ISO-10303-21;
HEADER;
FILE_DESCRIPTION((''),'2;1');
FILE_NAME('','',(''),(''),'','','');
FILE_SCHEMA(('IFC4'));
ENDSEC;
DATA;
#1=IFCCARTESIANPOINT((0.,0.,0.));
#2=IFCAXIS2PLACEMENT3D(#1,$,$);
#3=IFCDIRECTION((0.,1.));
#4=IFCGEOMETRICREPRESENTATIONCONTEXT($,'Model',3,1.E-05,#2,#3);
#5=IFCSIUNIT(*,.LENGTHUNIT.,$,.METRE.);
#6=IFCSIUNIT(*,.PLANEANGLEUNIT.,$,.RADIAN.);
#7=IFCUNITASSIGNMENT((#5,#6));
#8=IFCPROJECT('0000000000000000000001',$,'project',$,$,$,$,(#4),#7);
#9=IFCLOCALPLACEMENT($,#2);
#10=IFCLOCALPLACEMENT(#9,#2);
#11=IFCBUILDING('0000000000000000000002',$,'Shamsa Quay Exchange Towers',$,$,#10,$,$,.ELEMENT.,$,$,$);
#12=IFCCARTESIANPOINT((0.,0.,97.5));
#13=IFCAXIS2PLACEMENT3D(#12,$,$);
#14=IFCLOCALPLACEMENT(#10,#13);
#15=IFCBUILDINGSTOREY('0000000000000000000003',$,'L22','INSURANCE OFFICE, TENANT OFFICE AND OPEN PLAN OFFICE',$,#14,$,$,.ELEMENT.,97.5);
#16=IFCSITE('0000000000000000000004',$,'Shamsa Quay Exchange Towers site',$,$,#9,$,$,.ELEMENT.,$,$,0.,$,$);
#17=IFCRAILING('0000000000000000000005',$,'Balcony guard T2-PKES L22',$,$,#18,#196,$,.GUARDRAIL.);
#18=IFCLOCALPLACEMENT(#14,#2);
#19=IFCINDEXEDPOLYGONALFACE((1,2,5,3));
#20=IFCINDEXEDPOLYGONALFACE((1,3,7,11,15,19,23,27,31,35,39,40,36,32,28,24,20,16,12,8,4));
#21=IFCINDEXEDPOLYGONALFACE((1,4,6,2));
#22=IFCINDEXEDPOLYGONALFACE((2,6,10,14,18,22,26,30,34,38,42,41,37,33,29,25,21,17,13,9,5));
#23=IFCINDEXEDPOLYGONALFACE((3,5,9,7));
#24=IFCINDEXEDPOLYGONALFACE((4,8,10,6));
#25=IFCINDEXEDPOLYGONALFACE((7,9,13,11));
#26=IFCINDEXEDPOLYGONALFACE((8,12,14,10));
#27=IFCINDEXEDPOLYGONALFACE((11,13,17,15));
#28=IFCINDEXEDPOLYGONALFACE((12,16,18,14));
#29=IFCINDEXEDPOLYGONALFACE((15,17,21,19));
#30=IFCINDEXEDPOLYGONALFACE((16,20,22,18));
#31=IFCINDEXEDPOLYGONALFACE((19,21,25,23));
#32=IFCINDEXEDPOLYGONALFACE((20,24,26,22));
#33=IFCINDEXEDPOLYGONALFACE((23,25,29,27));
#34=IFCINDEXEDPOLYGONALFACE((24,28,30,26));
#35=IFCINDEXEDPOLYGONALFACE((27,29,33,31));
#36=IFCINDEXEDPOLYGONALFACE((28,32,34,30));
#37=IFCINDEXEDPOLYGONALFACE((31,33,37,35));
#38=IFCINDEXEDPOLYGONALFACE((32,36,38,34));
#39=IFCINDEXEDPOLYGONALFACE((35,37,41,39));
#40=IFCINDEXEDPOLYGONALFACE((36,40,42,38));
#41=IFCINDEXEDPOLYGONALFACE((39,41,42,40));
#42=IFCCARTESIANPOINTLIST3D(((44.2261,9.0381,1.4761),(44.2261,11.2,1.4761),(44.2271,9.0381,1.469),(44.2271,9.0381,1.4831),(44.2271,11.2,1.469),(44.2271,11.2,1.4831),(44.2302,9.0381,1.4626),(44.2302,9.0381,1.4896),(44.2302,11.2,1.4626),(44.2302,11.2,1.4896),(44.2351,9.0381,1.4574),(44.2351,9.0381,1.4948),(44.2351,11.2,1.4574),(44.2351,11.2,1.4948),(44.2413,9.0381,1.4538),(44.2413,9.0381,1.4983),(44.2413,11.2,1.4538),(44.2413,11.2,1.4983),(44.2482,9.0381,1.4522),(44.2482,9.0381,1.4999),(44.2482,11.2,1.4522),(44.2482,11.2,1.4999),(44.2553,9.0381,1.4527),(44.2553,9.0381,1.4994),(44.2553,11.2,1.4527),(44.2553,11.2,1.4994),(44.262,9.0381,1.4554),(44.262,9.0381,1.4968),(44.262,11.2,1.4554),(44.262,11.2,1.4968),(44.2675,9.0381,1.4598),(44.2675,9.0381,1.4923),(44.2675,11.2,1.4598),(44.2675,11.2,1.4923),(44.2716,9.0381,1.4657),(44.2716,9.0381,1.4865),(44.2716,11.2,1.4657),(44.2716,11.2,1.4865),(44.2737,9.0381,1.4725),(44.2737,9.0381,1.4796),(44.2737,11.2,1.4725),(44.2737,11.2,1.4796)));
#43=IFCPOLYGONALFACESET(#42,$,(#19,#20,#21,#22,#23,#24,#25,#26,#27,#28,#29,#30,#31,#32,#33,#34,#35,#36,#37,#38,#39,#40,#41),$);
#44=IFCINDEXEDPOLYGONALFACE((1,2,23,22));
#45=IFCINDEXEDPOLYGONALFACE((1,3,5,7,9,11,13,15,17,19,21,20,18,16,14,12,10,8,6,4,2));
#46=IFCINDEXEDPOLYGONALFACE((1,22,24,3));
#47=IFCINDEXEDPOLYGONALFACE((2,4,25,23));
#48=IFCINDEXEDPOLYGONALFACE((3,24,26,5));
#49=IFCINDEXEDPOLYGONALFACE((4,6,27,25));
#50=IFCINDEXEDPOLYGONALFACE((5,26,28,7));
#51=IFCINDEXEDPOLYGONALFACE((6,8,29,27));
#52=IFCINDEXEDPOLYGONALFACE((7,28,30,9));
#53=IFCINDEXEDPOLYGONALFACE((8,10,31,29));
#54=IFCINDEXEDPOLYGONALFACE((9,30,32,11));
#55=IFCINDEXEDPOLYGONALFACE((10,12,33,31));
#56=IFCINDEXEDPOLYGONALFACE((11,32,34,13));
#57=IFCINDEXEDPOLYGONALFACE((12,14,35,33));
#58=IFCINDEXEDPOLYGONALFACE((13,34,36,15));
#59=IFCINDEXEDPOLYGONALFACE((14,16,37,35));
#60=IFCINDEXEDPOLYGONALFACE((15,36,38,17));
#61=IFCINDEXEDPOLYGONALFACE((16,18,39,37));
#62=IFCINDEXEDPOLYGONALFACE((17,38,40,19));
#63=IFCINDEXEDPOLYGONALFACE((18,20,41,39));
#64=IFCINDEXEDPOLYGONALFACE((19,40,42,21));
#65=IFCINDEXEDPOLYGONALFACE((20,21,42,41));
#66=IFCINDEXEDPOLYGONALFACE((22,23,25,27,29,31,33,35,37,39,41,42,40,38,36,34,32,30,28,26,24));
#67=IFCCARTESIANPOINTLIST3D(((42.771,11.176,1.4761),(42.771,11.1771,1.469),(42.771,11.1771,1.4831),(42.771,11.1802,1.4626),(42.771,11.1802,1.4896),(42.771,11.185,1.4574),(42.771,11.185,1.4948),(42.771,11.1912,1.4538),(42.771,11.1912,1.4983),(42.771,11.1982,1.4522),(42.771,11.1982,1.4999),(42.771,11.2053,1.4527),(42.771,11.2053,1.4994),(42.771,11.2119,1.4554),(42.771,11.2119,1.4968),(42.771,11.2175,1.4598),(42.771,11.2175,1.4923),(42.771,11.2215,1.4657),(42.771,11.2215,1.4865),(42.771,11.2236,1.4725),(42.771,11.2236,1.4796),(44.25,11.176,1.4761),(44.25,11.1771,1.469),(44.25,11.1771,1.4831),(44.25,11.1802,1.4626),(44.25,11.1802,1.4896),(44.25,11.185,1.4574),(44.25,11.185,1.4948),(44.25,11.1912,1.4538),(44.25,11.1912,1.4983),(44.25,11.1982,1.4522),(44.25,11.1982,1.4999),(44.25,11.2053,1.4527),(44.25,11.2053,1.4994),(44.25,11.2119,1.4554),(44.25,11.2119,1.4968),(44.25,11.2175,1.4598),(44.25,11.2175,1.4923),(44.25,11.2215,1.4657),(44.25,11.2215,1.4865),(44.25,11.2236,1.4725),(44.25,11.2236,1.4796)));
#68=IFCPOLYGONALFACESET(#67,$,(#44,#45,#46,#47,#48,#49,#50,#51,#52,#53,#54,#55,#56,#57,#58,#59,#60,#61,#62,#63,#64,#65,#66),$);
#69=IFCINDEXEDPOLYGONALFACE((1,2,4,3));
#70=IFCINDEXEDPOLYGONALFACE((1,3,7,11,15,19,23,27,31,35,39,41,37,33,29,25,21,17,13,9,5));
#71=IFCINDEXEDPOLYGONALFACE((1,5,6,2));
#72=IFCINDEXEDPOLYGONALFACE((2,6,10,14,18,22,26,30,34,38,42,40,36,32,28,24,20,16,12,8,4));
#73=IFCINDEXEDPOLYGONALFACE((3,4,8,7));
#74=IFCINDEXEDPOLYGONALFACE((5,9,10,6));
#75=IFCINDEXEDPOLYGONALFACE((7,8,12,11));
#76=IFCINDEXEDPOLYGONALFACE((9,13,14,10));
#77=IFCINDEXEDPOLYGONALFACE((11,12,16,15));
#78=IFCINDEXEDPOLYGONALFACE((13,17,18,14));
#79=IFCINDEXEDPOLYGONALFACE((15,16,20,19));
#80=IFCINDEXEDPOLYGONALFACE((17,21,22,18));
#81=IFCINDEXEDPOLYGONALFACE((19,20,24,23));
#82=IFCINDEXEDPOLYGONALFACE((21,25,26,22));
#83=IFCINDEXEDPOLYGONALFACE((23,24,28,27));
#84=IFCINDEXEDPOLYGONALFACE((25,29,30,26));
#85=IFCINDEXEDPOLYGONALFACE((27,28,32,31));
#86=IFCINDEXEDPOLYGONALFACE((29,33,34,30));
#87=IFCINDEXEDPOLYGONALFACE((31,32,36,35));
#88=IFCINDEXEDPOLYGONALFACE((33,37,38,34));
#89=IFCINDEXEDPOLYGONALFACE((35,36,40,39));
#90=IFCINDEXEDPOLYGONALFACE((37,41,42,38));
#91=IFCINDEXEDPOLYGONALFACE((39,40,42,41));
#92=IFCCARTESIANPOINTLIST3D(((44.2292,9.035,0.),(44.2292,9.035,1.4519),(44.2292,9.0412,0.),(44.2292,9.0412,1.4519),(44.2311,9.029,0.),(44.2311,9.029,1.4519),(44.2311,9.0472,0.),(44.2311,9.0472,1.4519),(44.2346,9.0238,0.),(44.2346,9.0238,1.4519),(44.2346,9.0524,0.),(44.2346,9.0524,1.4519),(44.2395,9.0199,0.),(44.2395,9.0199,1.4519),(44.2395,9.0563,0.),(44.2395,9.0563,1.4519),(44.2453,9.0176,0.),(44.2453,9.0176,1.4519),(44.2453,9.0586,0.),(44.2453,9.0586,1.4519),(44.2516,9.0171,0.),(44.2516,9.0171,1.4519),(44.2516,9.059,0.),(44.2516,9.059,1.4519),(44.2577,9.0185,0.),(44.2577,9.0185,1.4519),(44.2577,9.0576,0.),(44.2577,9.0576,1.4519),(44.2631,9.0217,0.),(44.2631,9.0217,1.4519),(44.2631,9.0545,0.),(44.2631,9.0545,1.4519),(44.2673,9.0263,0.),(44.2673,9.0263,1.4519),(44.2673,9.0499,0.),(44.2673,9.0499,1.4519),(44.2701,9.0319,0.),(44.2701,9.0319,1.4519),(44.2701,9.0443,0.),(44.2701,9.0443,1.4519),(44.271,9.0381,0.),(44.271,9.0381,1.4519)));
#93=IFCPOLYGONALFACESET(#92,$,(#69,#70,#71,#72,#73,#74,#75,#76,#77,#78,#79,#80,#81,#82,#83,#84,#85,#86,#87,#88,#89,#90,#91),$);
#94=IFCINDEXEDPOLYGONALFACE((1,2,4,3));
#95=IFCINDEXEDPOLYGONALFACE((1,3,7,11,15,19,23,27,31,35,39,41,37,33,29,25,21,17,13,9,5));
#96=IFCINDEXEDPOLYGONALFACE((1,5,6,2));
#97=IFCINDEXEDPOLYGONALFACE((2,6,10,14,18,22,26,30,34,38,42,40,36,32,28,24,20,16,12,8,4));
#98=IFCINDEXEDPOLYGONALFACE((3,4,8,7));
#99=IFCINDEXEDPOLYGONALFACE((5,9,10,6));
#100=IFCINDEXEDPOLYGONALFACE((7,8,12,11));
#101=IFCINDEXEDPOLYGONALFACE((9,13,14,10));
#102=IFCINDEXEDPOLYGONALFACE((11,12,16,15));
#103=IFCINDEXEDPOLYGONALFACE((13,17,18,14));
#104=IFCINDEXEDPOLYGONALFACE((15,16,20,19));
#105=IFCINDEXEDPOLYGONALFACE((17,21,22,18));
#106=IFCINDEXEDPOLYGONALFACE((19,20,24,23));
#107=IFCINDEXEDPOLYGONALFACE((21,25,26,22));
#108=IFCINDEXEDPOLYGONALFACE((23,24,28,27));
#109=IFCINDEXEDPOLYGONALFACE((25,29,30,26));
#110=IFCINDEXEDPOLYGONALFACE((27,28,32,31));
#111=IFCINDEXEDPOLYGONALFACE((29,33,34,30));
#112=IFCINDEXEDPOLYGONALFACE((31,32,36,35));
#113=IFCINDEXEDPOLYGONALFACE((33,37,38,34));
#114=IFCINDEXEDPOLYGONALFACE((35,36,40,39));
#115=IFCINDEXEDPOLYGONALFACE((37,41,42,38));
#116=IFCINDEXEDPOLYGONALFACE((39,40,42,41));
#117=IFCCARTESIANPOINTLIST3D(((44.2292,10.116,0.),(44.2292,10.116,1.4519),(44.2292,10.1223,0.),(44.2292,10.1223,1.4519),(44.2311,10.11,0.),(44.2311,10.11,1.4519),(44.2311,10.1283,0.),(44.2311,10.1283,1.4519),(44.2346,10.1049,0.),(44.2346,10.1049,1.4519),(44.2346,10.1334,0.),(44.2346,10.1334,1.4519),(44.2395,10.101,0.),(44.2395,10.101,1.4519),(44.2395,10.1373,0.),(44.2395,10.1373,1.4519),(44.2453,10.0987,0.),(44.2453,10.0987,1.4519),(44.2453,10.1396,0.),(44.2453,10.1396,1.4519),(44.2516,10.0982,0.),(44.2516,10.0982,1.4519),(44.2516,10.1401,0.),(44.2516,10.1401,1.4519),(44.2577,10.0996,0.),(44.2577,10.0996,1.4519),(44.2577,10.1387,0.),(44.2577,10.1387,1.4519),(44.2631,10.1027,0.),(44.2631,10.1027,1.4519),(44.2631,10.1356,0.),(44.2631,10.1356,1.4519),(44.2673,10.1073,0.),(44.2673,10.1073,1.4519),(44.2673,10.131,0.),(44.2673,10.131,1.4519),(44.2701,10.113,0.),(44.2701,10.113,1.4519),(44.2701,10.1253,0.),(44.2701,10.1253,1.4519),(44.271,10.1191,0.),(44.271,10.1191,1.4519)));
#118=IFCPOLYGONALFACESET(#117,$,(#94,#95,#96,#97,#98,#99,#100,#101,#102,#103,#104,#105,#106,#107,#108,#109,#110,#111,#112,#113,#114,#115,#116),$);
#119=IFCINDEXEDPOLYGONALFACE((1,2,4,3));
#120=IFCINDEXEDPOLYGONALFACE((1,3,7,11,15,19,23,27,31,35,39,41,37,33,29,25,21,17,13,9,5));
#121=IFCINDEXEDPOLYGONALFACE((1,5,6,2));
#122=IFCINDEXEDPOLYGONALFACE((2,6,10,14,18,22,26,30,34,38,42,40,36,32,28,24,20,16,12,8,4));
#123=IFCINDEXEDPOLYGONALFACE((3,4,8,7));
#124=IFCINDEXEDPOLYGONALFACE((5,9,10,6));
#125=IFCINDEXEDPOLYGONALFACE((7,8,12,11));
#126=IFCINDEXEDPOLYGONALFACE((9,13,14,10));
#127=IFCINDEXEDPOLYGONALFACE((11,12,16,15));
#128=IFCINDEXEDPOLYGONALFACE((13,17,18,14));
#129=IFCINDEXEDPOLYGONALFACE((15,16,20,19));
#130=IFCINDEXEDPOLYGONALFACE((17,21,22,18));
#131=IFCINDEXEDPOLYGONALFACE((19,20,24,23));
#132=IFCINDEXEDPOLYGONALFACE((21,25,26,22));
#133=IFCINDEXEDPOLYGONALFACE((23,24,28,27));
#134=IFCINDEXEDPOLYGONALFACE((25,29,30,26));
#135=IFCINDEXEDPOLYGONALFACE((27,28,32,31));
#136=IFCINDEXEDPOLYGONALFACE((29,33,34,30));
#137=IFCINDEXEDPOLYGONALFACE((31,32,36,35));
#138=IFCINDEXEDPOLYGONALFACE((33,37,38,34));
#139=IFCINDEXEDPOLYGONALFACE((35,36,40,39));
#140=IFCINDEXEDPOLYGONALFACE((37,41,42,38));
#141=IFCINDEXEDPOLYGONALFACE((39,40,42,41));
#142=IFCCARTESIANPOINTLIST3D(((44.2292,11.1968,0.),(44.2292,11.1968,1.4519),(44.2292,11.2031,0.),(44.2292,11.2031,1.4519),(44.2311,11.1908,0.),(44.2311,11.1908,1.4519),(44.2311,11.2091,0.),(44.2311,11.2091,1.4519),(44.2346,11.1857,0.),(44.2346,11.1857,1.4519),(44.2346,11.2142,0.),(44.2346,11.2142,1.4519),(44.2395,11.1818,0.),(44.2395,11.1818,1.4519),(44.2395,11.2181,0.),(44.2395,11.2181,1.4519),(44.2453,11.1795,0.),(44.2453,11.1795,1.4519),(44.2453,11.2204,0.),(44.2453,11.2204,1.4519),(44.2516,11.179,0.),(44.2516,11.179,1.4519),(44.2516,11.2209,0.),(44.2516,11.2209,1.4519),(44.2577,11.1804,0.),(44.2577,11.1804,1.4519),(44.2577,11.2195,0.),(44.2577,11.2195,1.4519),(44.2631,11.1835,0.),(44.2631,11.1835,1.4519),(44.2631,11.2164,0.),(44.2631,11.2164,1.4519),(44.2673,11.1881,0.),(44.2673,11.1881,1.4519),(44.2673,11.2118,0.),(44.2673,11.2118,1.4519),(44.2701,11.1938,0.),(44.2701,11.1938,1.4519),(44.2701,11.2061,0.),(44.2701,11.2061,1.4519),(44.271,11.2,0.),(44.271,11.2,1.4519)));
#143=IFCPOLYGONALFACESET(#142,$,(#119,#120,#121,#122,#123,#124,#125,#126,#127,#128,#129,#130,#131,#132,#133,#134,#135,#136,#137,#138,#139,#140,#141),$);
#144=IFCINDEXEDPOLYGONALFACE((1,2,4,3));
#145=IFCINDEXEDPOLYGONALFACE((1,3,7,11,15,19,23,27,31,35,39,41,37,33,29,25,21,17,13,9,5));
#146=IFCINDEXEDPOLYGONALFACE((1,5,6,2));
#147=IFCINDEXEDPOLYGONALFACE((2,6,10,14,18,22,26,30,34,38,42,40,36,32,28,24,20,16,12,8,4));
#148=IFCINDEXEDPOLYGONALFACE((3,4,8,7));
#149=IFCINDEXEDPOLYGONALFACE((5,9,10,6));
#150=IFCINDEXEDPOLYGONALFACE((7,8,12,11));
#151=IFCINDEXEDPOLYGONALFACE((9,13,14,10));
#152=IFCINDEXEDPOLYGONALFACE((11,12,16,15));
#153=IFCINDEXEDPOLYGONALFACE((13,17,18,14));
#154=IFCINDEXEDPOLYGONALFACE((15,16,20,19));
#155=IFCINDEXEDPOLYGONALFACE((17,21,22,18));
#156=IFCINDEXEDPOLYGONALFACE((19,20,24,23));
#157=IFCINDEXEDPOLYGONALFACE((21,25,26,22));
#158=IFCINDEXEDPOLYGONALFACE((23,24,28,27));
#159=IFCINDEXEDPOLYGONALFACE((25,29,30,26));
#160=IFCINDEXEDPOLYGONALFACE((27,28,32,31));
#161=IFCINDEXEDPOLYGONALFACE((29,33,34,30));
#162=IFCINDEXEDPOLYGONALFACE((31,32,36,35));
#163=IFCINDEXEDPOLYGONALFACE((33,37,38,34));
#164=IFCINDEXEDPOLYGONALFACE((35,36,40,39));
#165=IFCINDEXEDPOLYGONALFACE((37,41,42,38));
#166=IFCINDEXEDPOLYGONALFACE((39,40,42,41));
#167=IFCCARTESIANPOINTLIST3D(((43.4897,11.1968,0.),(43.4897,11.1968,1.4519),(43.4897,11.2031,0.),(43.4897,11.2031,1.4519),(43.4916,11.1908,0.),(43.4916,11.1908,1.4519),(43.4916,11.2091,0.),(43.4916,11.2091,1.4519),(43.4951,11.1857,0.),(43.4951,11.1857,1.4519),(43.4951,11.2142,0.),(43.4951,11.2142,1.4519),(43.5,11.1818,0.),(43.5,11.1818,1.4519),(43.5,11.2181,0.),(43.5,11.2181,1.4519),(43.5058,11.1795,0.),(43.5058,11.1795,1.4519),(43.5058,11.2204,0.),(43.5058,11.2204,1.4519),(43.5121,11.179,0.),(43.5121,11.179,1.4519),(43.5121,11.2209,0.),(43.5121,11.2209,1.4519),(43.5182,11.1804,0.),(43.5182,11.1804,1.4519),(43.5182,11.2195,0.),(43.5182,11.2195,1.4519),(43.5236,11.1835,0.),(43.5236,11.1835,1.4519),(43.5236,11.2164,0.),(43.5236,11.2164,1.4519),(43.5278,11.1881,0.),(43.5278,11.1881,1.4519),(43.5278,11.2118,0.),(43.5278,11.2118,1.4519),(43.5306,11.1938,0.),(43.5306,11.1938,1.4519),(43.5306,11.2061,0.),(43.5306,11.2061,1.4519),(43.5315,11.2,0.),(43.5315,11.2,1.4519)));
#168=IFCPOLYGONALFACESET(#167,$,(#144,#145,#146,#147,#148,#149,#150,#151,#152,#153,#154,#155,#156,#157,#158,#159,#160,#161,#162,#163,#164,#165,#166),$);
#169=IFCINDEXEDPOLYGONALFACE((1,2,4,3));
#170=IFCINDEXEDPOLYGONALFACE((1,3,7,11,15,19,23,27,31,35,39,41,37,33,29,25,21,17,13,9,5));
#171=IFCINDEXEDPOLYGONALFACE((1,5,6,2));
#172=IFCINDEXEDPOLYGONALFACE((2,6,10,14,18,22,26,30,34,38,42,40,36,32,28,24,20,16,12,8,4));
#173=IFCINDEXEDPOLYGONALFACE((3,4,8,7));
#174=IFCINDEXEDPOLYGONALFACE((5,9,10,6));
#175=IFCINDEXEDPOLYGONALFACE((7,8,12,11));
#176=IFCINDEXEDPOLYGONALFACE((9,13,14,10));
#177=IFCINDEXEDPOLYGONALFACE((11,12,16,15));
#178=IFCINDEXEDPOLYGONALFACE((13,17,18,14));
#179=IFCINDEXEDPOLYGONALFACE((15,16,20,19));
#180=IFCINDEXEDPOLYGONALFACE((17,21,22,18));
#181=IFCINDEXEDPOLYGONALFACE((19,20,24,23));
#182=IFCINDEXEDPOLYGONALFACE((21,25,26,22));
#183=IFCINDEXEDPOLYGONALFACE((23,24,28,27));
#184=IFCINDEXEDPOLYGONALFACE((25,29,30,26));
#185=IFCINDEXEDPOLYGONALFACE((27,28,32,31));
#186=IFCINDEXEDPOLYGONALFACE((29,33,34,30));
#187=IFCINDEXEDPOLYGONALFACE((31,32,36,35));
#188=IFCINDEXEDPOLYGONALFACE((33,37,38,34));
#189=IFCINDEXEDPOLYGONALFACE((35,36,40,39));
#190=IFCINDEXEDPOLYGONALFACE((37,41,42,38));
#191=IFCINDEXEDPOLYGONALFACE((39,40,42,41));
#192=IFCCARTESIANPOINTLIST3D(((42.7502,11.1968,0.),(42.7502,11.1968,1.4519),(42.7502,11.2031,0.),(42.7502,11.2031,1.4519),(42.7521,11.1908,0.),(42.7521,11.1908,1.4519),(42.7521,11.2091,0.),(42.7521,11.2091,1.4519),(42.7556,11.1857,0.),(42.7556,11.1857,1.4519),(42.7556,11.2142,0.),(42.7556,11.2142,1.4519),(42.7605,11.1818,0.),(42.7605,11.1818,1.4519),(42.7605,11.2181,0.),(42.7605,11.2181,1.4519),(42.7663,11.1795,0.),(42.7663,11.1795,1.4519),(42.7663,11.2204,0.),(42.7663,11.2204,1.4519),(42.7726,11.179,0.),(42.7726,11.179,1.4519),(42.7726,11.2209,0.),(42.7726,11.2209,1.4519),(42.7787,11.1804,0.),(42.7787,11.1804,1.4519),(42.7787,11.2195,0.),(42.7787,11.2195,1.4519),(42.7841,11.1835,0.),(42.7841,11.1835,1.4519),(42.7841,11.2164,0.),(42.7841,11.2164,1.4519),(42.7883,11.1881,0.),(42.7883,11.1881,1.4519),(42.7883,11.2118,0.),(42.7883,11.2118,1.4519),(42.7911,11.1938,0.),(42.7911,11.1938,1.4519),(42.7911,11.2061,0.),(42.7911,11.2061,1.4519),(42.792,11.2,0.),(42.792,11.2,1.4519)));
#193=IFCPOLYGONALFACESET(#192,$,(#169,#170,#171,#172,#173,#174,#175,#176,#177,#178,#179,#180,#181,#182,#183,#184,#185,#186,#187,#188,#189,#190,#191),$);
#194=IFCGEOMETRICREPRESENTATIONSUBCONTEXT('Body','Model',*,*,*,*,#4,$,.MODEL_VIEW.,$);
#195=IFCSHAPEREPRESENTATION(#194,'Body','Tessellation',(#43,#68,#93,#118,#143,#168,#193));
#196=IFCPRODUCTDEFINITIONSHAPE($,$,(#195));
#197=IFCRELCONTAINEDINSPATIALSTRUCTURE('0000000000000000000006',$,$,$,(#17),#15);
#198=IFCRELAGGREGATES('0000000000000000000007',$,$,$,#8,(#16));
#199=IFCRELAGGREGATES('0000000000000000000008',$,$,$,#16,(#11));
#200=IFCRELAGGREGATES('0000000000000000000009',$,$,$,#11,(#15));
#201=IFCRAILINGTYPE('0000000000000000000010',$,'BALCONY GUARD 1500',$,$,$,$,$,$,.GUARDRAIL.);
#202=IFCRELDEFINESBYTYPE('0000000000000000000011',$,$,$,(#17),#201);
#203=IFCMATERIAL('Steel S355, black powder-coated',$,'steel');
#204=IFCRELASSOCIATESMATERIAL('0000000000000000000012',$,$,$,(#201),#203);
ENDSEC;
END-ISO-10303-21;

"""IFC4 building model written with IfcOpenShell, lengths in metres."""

from ifc_helpers import new_model, si_unit, direction, frame, origin, origin_2d, place, context, subcontext, project, spatial, circle, extrude, material, type_object, element, save


model = new_model("IFC4")

# Units and contexts
model_context = context("Model", 3, precision=1e-05, world=origin(), true_north=direction((0.0, 1.0)))
body_context = subcontext(model_context, "Body", "Model", "MODEL_VIEW")
ifc_project = project(units=[si_unit("LENGTHUNIT", "METRE"), si_unit("PLANEANGLEUNIT", "RADIAN")], contexts=[model_context])

# Site, building, storey
site_placement = place(None, origin())
site = spatial("IfcSite", under=ifc_project, at=site_placement, Name="Shamsa Quay Exchange Towers site", CompositionType="ELEMENT", RefElevation=0.0)
building_placement = place(site_placement, origin())
building = spatial("IfcBuilding", under=site, at=building_placement, Name="Shamsa Quay Exchange Towers", CompositionType="ELEMENT")
storey_placement = place(building_placement, frame((0.0, 0.0, 97.5)))
storey = spatial("IfcBuildingStorey", under=building, at=storey_placement, Name="L22", Description="INSURANCE OFFICE, TENANT OFFICE AND OPEN PLAN OFFICE", CompositionType="ELEMENT", Elevation=97.5)

# Railing
ifc_material_1 = material(Name="Steel S355, black powder-coated", Category="steel")
railing_type_1 = type_object("IfcRailingType", Name="BALCONY GUARD 1500", PredefinedType="GUARDRAIL", material=ifc_material_1)
for number, where, name in (
    (1, (44.25, 9.0381, 0.0), "Balcony guard T2-PKES L22"),
):
    element("IfcRailing", number, at=place(storey_placement, frame(where)), inside=storey, type_object=railing_type_1, Name=name, PredefinedType="GUARDRAIL", context=body_context, shape_type="SweptSolid", body=[
        extrude(circle(Radius=0.0239, at=origin_2d()), frame((0.0, 0.0, 1.4761), z_axis=(0.0, 1.0, 0.0), x_axis=(-1.0, 0.0, 0.0)), (0.0, 0.0, 1.0), 2.1619),
        extrude(circle(Radius=0.0239, at=origin_2d()), frame((0.0, 2.1619, 1.4761), z_axis=(-1.0, 0.0, 0.0), x_axis=(0.0, -1.0, 0.0)), (0.0, 0.0, 1.0), 1.479),
        extrude(circle(Radius=0.021, at=origin_2d()), origin(), (0.0, 0.0, 1.0), 1.4519),
        extrude(circle(Radius=0.021, at=origin_2d()), frame((0.0, 1.0811, 0.0)), (0.0, 0.0, 1.0), 1.4519),
        extrude(circle(Radius=0.021, at=origin_2d()), frame((0.0, 2.1619, 0.0)), (0.0, 0.0, 1.0), 1.4519),
        extrude(circle(Radius=0.021, at=origin_2d()), frame((-0.7395, 2.1619, 0.0)), (0.0, 0.0, 1.0), 1.4519),
        extrude(circle(Radius=0.021, at=origin_2d()), frame((-1.479, 2.1619, 0.0)), (0.0, 0.0, 1.0), 1.4519),
    ])

save(model, "model.ifc")
